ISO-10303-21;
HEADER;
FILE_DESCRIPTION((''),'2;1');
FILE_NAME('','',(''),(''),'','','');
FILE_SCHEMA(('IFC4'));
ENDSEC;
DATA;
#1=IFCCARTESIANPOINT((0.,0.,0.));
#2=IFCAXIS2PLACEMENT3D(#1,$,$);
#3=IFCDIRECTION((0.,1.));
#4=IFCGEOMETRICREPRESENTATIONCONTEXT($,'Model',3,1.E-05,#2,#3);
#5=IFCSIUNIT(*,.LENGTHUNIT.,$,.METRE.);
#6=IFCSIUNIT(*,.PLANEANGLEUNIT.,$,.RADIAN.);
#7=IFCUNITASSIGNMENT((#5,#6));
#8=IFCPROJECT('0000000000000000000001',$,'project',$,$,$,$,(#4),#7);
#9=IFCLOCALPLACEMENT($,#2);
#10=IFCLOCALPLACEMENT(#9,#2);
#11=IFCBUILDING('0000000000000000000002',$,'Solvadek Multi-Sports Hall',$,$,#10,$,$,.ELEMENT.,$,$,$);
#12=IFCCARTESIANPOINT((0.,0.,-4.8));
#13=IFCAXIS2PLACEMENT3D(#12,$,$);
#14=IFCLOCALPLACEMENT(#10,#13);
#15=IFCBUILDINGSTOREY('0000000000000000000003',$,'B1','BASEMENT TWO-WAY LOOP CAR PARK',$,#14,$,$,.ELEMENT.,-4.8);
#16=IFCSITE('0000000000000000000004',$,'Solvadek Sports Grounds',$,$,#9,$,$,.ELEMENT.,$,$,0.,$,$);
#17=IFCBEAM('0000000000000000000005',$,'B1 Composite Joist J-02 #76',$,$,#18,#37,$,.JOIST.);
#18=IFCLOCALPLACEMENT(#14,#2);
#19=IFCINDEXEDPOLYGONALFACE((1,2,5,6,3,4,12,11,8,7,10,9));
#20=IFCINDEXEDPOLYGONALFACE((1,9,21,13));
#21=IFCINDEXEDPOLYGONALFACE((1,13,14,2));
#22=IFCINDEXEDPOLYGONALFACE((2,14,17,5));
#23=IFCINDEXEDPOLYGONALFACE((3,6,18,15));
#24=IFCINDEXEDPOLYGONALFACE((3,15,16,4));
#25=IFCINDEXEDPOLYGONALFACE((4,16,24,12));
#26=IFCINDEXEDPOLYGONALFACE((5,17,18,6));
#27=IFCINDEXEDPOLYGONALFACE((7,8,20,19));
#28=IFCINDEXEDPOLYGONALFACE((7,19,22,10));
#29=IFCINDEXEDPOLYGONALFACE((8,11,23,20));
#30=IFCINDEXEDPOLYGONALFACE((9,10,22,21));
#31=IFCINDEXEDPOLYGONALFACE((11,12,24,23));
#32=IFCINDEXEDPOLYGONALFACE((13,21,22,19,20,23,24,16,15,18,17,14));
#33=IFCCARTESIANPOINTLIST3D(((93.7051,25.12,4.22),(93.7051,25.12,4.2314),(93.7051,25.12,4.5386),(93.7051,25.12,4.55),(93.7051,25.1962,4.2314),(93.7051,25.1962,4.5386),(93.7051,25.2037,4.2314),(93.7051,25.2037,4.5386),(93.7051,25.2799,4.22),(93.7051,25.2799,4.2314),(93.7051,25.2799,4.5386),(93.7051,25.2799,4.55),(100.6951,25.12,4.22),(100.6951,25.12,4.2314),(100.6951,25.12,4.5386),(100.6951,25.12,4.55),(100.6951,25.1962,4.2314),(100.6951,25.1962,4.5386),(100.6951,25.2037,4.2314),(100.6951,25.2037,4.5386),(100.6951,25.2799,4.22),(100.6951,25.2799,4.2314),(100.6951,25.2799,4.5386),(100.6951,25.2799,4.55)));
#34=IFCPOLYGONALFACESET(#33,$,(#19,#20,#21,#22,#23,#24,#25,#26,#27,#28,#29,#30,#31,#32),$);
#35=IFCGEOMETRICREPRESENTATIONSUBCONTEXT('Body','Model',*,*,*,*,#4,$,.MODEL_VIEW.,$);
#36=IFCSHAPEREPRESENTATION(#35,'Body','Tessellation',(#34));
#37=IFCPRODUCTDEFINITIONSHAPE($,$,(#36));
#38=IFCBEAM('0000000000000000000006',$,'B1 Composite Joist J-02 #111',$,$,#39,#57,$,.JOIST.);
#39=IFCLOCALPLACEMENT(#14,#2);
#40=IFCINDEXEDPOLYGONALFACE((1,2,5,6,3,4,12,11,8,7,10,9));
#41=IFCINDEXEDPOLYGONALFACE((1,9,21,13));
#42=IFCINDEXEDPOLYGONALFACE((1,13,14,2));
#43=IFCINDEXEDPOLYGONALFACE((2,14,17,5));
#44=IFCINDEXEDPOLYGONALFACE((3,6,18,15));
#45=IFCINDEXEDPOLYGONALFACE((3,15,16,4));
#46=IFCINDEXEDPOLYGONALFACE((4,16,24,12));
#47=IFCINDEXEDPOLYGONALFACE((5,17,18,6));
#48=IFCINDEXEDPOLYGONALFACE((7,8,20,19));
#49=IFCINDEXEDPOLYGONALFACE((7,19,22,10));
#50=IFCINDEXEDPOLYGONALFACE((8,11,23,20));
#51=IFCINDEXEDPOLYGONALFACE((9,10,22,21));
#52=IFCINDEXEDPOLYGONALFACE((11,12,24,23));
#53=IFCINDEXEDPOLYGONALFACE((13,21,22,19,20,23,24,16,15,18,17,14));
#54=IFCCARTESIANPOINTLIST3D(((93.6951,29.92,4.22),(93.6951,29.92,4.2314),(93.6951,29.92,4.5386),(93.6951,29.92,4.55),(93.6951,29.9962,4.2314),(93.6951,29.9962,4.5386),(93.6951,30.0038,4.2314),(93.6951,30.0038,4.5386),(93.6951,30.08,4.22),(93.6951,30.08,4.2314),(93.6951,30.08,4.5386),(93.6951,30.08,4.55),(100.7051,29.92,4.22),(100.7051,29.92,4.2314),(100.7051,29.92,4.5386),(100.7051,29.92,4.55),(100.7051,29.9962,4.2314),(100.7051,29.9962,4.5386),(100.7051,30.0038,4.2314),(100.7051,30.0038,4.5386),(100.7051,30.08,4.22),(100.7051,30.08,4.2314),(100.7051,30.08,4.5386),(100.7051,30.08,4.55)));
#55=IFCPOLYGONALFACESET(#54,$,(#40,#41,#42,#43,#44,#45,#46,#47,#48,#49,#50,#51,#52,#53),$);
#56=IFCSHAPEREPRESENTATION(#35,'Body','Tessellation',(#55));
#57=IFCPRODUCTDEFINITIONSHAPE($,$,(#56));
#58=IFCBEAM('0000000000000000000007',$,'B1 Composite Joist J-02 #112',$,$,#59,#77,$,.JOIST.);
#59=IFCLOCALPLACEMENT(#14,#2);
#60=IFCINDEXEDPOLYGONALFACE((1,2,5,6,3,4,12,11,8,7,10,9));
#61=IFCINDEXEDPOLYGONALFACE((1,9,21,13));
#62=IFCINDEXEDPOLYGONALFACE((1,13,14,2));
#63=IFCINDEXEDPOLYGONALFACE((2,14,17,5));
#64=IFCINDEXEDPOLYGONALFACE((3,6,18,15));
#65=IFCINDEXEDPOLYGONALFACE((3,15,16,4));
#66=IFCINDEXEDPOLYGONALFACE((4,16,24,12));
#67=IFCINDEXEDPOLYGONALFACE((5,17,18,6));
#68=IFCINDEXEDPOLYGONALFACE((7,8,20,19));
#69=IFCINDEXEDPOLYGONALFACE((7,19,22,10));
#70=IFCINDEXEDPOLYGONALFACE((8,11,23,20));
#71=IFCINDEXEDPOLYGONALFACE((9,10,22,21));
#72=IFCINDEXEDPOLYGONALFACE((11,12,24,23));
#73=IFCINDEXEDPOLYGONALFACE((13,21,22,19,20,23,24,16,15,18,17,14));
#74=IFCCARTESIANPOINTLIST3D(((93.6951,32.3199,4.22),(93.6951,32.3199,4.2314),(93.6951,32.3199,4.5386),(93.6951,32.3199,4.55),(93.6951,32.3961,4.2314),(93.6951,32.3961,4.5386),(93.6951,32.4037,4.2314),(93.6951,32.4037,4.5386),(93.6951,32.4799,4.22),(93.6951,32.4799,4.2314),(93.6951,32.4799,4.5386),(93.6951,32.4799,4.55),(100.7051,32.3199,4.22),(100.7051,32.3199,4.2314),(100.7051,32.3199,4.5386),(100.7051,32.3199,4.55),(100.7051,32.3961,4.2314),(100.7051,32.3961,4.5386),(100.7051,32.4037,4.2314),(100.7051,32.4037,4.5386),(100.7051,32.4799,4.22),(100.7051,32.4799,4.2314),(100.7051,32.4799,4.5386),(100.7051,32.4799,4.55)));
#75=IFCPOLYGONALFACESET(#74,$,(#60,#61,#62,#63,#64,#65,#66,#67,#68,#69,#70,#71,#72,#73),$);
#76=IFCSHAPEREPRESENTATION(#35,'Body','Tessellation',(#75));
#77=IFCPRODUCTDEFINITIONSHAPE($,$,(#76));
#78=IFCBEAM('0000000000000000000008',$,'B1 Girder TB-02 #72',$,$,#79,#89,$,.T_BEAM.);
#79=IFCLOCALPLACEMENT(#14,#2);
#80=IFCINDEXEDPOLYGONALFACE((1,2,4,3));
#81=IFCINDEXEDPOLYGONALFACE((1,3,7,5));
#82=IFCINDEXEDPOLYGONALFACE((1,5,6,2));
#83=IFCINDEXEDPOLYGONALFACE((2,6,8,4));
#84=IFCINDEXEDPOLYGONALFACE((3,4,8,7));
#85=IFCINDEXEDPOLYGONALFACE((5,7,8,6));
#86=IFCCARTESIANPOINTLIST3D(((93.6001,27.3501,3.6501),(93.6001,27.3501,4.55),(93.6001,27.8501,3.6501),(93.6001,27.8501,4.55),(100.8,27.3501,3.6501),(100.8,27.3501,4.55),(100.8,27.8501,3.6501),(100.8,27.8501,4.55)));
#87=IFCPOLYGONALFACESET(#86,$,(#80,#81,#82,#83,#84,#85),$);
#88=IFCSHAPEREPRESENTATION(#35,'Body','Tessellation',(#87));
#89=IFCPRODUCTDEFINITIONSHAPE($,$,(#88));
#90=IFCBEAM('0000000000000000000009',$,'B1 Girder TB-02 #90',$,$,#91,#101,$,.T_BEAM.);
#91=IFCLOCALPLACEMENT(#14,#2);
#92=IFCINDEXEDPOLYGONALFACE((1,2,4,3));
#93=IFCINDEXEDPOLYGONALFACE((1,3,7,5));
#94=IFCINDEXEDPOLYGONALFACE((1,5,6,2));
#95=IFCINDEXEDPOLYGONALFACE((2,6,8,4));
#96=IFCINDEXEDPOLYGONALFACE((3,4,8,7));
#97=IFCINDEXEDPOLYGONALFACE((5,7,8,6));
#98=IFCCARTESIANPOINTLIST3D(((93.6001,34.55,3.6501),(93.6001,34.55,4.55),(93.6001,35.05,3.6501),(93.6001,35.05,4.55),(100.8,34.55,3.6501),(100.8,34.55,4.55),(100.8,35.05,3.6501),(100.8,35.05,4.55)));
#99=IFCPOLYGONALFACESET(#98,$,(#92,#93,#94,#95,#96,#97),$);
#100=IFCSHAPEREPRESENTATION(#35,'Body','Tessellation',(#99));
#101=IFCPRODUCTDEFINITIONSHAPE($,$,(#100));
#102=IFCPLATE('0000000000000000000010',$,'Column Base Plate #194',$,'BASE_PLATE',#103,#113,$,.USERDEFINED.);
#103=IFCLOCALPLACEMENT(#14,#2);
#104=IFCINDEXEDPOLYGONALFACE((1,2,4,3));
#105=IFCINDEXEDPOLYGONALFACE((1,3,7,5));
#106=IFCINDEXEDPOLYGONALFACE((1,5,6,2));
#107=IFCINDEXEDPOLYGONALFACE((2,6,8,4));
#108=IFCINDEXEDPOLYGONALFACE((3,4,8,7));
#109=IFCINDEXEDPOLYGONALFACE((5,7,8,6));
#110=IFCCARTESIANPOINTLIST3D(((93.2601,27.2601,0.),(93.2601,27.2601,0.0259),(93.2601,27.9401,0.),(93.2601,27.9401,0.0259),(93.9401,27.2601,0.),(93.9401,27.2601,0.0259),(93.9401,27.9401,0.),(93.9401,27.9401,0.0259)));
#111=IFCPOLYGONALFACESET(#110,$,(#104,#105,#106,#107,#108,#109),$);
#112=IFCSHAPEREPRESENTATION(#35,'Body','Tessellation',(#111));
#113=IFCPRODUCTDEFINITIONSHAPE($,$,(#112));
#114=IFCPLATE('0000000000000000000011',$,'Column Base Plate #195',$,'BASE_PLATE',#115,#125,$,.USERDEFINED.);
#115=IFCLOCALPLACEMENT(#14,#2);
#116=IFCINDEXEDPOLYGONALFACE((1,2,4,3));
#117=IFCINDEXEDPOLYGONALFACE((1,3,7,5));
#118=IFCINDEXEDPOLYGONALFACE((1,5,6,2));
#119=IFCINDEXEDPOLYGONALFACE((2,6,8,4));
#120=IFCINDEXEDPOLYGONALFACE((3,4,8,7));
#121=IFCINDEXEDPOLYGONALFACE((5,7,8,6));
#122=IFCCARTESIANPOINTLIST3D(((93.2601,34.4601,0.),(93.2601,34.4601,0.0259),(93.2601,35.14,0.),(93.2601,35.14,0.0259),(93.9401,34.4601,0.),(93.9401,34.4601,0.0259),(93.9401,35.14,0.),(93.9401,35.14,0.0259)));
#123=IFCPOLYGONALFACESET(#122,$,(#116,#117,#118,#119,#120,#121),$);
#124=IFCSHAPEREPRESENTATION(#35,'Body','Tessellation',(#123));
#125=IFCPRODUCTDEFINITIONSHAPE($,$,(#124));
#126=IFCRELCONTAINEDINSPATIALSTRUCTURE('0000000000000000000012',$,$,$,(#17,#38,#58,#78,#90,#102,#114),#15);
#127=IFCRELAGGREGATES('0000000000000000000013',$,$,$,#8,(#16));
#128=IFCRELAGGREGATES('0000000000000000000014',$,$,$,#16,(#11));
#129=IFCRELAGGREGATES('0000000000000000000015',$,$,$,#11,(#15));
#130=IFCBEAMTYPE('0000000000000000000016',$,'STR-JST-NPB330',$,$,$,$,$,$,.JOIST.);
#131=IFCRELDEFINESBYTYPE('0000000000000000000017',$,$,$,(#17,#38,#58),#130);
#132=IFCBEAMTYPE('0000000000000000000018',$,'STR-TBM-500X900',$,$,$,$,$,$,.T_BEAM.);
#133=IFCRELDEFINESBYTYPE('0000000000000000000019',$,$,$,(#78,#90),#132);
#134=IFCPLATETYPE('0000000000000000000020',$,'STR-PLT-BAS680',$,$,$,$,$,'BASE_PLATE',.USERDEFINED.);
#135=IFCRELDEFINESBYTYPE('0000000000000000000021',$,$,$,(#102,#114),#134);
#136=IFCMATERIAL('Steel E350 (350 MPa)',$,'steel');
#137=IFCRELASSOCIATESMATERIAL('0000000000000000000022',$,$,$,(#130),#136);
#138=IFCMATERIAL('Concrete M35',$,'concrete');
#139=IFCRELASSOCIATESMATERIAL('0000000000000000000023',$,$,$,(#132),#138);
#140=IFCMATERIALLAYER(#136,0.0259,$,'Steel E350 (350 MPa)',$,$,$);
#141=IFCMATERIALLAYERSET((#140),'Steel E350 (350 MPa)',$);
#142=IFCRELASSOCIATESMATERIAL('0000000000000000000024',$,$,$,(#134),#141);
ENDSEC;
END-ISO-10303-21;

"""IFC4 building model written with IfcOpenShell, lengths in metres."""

from ifc_helpers import new_model, si_unit, direction, frame, origin, origin_2d, place, context, subcontext, project, spatial, rectangle, i_section, extrude, material, layer, layer_set, material_profile, profile_set, type_object, element, save


model = new_model("IFC4")

# Units and contexts
model_context = context("Model", 3, precision=1e-05, world=origin(), true_north=direction((0.0, 1.0)))
body_context = subcontext(model_context, "Body", "Model", "MODEL_VIEW")
ifc_project = project(units=[si_unit("LENGTHUNIT", "METRE"), si_unit("PLANEANGLEUNIT", "RADIAN")], contexts=[model_context])

# Site, building, storey
site_placement = place(None, origin())
site = spatial("IfcSite", under=ifc_project, at=site_placement, Name="Solvadek Sports Grounds", CompositionType="ELEMENT", RefElevation=0.0)
building_placement = place(site_placement, origin())
building = spatial("IfcBuilding", under=site, at=building_placement, Name="Solvadek Multi-Sports Hall", CompositionType="ELEMENT")
storey_placement = place(building_placement, frame((0.0, 0.0, -4.8)))
storey = spatial("IfcBuildingStorey", under=building, at=storey_placement, Name="B1", Description="BASEMENT TWO-WAY LOOP CAR PARK", CompositionType="ELEMENT", Elevation=-4.8)

# Shared definitions
ifc_material_1 = material(Name="Concrete M35", Category="concrete")

# Shared definitions
ifc_material_2 = material(Name="Steel E350 (350 MPa)", Category="steel")

# Beams
ifc_material_profile_1 = material_profile(ifc_material_2, i_section(OverallWidth=0.1599, OverallDepth=0.3301, WebThickness=0.0076, FlangeThickness=0.0115, at=origin_2d()), Name="NPB 330")
ifc_profile_set_1 = profile_set([ifc_material_profile_1], Name="Steel E350 (350 MPa)")
beam_type_1 = type_object("IfcBeamType", Name="STR-JST-NPB330", PredefinedType="JOIST", material=ifc_profile_set_1)
beam_1_placement = place(storey_placement, frame((93.7051, 25.2, 4.385), z_axis=(1.0, 0.0, 0.0), x_axis=(0.0, 1.0, 0.0)))
element("IfcBeam", 1, at=beam_1_placement, inside=storey, type_object=beam_type_1, Name="B1 Composite Joist J-02 #76", PredefinedType="JOIST", context=body_context, shape_type="SweptSolid", body=[
    extrude(i_section(OverallWidth=0.1599, OverallDepth=0.3301, WebThickness=0.0076, FlangeThickness=0.0115, at=origin_2d()), origin(), (0.0, 0.0, 1.0), 6.99),
])
for number, where, z_axis, x_axis, name in (
    (2, (93.6951, 30.0, 4.385), (1.0, 0.0, 0.0), (0.0, 1.0, 0.0), "B1 Composite Joist J-02 #111"),
    (3, (93.6951, 32.3999, 4.385), (1.0, 0.0, 0.0), (0.0, 1.0, 0.0), "B1 Composite Joist J-02 #112"),
):
    element("IfcBeam", number, at=place(storey_placement, frame(where, z_axis=z_axis, x_axis=x_axis)), inside=storey, type_object=beam_type_1, Name=name, PredefinedType="JOIST", context=body_context, shape_type="SweptSolid", body=[
        extrude(i_section(OverallWidth=0.1599, OverallDepth=0.3301, WebThickness=0.0076, FlangeThickness=0.0115, at=origin_2d()), origin(), (0.0, 0.0, 1.0), 7.01),
    ])
ifc_material_profile_2 = material_profile(ifc_material_1, rectangle(XDim=0.5, YDim=0.8999, at=origin_2d()), Name="RC T-BEAM 500x900")
ifc_profile_set_2 = profile_set([ifc_material_profile_2], Name="Concrete M35")
beam_type_2 = type_object("IfcBeamType", Name="STR-TBM-500X900", PredefinedType="T_BEAM", material=ifc_profile_set_2)
for number, where, z_axis, x_axis, name in (
    (4, (93.6001, 27.6001, 4.1001), (1.0, 0.0, 0.0), (0.0, 1.0, 0.0), "B1 Girder TB-02 #72"),
    (5, (93.6001, 34.8, 4.1001), (1.0, 0.0, 0.0), (0.0, 1.0, 0.0), "B1 Girder TB-02 #90"),
):
    element("IfcBeam", number, at=place(storey_placement, frame(where, z_axis=z_axis, x_axis=x_axis)), inside=storey, type_object=beam_type_2, Name=name, PredefinedType="T_BEAM", context=body_context, shape_type="SweptSolid", body=[
        extrude(rectangle(XDim=0.5, YDim=0.8999, at=origin_2d()), origin(), (0.0, 0.0, 1.0), 7.2),
    ])

# Plates
ifc_layer = layer(ifc_material_2, 0.0259, Name="Steel E350 (350 MPa)")
ifc_layer_set = layer_set([ifc_layer], Name="Steel E350 (350 MPa)")
plate_type = type_object("IfcPlateType", Name="STR-PLT-BAS680", ElementType="BASE_PLATE", PredefinedType="USERDEFINED", material=ifc_layer_set)
for number, where, z_axis, x_axis, name in (
    (6, (93.6001, 27.6001, 0.0), (0.0, 0.0, 1.0), (1.0, 0.0, 0.0), "Column Base Plate #194"),
    (7, (93.6001, 34.8, 0.0), (0.0, 0.0, 1.0), (1.0, 0.0, 0.0), "Column Base Plate #195"),
):
    element("IfcPlate", number, at=place(storey_placement, frame(where, z_axis=z_axis, x_axis=x_axis)), inside=storey, type_object=plate_type, Name=name, ObjectType="BASE_PLATE", PredefinedType="USERDEFINED", context=body_context, shape_type="SweptSolid", body=[
        extrude(rectangle(XDim=0.6799, YDim=0.6799, at=origin_2d()), origin(), (0.0, 0.0, 1.0), 0.0259),
    ])

save(model, "model.ifc")
